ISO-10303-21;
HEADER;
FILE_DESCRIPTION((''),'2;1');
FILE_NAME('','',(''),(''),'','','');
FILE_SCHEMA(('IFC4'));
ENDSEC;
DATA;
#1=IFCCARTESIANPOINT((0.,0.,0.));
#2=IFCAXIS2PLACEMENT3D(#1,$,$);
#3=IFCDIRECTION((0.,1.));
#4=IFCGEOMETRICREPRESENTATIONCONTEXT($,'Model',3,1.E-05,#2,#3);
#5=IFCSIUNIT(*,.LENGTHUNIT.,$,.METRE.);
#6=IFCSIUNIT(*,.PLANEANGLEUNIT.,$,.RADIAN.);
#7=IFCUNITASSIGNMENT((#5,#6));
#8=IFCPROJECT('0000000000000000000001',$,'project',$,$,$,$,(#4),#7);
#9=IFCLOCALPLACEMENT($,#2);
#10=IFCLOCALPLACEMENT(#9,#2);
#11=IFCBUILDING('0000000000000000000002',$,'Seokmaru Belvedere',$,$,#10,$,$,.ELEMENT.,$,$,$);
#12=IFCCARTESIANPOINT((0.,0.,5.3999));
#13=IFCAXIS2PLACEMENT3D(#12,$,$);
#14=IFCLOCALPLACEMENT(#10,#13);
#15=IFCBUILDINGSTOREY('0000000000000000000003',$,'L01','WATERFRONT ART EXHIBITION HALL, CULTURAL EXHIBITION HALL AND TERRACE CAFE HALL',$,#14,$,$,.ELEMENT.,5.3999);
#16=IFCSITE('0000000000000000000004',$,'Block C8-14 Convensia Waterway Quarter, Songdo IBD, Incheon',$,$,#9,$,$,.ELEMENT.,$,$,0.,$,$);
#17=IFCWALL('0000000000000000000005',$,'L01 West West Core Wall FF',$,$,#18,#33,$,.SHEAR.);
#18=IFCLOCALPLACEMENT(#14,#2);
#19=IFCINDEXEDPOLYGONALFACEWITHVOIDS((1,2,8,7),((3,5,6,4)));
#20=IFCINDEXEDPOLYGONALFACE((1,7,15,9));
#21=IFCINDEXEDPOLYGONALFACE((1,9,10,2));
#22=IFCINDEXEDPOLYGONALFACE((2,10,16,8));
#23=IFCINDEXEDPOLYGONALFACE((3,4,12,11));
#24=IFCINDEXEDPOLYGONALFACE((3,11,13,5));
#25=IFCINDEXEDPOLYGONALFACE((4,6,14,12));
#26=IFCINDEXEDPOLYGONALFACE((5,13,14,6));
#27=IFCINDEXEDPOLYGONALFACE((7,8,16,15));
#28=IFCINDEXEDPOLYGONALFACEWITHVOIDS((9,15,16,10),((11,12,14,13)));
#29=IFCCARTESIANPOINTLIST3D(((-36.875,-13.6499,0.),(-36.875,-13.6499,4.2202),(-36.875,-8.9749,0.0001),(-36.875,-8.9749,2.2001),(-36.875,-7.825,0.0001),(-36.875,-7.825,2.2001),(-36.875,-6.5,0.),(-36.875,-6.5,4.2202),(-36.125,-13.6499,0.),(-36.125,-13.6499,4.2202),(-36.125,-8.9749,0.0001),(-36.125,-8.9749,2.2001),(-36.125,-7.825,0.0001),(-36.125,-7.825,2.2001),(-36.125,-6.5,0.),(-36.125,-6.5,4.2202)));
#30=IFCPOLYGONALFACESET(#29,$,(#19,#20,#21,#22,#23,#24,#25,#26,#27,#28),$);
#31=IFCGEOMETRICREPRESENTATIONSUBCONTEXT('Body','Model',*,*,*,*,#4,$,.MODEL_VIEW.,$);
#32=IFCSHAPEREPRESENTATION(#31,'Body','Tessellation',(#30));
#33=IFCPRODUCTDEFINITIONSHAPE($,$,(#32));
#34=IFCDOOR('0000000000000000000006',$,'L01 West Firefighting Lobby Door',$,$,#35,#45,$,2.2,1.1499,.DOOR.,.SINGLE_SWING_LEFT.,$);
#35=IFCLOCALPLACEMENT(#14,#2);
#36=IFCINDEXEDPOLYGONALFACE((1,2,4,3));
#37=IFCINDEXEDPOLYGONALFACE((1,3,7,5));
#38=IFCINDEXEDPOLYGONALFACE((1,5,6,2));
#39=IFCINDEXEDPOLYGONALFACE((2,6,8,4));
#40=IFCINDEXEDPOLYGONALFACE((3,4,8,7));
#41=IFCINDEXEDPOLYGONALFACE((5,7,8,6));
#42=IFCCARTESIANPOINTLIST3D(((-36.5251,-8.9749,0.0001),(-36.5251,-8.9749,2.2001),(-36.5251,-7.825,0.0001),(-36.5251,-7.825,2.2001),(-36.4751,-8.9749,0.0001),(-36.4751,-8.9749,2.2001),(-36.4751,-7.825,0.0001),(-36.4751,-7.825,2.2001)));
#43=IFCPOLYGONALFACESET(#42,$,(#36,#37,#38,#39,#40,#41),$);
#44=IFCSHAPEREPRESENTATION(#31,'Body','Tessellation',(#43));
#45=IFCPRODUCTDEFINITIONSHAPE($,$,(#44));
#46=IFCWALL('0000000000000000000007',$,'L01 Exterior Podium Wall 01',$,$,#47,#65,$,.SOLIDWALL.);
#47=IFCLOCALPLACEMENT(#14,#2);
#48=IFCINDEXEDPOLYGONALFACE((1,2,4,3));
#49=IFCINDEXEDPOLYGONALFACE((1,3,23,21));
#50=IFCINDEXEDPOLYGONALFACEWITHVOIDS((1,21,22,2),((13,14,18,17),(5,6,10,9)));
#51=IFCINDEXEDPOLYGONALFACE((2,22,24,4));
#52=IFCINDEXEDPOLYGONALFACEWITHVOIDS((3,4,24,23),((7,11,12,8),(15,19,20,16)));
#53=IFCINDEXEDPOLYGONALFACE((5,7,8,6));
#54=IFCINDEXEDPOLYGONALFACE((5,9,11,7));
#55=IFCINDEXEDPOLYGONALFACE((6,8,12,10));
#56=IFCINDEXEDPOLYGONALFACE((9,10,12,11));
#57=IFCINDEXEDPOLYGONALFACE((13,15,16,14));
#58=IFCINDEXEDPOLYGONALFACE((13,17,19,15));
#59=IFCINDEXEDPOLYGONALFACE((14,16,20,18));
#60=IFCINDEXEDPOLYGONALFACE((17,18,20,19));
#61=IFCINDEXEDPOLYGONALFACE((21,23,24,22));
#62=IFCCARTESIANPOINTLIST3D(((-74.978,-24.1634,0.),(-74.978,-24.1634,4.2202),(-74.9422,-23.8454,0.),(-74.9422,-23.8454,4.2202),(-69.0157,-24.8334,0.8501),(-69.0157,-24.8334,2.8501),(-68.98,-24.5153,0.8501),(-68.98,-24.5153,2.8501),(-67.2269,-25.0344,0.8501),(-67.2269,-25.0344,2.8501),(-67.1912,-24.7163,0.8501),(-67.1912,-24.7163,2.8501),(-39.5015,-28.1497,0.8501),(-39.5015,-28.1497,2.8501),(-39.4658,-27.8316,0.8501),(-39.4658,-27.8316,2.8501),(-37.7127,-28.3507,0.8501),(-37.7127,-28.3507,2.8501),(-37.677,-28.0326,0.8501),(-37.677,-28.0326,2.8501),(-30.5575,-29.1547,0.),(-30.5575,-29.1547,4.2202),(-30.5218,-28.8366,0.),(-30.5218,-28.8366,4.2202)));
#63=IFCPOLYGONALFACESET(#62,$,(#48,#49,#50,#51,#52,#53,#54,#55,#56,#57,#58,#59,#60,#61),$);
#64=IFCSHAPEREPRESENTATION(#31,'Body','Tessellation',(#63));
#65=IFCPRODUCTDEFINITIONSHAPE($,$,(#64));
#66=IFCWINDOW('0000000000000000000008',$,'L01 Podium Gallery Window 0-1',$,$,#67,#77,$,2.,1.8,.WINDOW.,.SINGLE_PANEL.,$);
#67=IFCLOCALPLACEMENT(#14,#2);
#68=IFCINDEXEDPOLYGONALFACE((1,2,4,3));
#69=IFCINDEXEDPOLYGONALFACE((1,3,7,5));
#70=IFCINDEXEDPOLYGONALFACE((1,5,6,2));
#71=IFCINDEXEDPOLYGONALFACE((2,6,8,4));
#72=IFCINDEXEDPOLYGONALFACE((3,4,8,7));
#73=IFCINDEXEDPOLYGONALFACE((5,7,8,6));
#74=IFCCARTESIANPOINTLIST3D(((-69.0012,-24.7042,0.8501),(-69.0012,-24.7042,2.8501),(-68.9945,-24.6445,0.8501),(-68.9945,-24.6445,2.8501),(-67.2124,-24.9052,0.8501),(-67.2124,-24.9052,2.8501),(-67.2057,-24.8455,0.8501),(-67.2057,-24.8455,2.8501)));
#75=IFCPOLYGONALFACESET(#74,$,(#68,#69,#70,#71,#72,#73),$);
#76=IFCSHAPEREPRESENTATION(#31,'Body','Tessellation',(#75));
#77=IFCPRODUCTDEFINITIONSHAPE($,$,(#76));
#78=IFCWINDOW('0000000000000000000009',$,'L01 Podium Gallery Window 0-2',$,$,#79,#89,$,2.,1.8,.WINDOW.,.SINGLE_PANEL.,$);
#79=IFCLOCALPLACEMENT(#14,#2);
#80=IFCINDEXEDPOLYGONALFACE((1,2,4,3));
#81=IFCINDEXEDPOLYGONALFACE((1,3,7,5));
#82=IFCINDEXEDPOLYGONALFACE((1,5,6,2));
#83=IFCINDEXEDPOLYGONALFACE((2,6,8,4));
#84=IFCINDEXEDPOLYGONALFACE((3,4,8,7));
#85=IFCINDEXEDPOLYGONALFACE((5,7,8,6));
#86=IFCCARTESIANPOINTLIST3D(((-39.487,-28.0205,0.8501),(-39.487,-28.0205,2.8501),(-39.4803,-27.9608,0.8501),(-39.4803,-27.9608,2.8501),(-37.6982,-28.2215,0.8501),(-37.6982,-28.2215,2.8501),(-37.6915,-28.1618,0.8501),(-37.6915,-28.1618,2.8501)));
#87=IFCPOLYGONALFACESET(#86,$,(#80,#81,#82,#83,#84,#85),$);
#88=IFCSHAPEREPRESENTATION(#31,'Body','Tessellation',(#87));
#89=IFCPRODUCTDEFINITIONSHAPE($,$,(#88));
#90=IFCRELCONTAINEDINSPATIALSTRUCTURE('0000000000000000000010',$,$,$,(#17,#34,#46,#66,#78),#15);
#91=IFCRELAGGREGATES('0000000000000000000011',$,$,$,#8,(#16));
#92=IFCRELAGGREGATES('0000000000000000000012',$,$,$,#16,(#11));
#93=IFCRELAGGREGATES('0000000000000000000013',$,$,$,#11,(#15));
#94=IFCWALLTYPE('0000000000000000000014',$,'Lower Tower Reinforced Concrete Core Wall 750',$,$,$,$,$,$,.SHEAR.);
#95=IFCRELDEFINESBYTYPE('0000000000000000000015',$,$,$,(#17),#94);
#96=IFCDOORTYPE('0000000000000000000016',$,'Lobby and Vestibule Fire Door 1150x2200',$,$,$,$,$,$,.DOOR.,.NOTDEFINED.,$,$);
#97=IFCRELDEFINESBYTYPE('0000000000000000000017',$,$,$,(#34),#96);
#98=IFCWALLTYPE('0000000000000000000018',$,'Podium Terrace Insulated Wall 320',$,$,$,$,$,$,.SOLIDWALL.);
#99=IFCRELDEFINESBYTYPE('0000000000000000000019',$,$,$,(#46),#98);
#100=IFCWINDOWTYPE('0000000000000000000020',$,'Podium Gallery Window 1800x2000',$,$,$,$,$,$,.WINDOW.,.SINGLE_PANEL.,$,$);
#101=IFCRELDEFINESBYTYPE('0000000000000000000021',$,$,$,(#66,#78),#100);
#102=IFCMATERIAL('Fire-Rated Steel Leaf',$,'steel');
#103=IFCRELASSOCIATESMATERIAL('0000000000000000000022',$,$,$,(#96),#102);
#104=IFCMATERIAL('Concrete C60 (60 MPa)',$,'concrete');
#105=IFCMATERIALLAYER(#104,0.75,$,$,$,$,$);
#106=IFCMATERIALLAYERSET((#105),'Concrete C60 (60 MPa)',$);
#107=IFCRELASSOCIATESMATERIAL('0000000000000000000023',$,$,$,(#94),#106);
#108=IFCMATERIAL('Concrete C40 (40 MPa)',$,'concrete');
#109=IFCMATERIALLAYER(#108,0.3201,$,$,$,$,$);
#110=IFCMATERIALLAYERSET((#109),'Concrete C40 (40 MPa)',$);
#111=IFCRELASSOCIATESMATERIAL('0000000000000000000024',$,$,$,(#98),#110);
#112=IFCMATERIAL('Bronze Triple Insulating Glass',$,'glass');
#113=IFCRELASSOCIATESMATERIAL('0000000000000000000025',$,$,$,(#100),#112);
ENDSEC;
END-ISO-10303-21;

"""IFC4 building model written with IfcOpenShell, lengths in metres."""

from ifc_helpers import new_model, si_unit, direction, frame, frame_2d, origin, place, context, subcontext, project, spatial, rectangle, extrude, source, transform, mapped, material, layer, layer_set, type_object, type_shapes, element, fill, save


model = new_model("IFC4")

# Units and contexts
model_context = context("Model", 3, precision=1e-05, world=origin(), true_north=direction((0.0, 1.0)))
body_context = subcontext(model_context, "Body", "Model", "MODEL_VIEW")
ifc_project = project(units=[si_unit("LENGTHUNIT", "METRE"), si_unit("PLANEANGLEUNIT", "RADIAN")], contexts=[model_context])

# Site, building, storey
site_placement = place(None, origin())
site = spatial("IfcSite", under=ifc_project, at=site_placement, Name="Block C8-14 Convensia Waterway Quarter, Songdo IBD, Incheon", CompositionType="ELEMENT", RefElevation=0.0)
building_placement = place(site_placement, origin())
building = spatial("IfcBuilding", under=site, at=building_placement, Name="Seokmaru Belvedere", CompositionType="ELEMENT")
storey_placement = place(building_placement, frame((0.0, 0.0, 5.3999)))
storey = spatial("IfcBuildingStorey", under=building, at=storey_placement, Name="L01", Description="WATERFRONT ART EXHIBITION HALL, CULTURAL EXHIBITION HALL AND TERRACE CAFE HALL", CompositionType="ELEMENT", Elevation=5.3999)

# Wall, opening, door
ifc_material_1 = material(Name="Fire-Rated Steel Leaf", Category="steel")
door_type = type_object("IfcDoorType", Name="Lobby and Vestibule Fire Door 1150x2200", OperationType="NOTDEFINED", PredefinedType="DOOR", material=ifc_material_1)
shared_shape_1 = source(origin(), body_context, "Body", "SweptSolid", [
    extrude(rectangle(XDim=1.1499, YDim=2.2, at=frame_2d((0.575, 1.1001))), frame((0.0, 0.0249, 0.0), z_axis=(0.0, -1.0, 0.0), x_axis=(1.0, 0.0, 0.0)), (0.0, 0.0, 1.0), 0.05),
])
type_shapes(door_type, [shared_shape_1])
ifc_material_2 = material(Name="Concrete C60 (60 MPa)", Category="concrete")
ifc_layer_1 = layer(ifc_material_2, 0.75)
ifc_layer_set_1 = layer_set([ifc_layer_1], Name="Concrete C60 (60 MPa)")
wall_type_1 = type_object("IfcWallType", Name="Lower Tower Reinforced Concrete Core Wall 750", PredefinedType="SHEAR", material=ifc_layer_set_1)
wall_1_placement = place(storey_placement, frame((-36.5, -13.6499, 0.0), z_axis=(0.0, 0.0, 1.0), x_axis=(0.0, 1.0, 0.0)))
wall_1 = element("IfcWall", 1, at=wall_1_placement, inside=storey, type_object=wall_type_1, Name="L01 West West Core Wall FF", PredefinedType="SHEAR", context=body_context, shape_type="SweptSolid", body=[
    extrude(rectangle(XDim=7.1499, YDim=0.75, at=frame_2d((3.575, 0.0))), origin(), (0.0, 0.0, 1.0), 4.2202),
])
opening_1_placement = place(wall_1_placement, frame((4.675, 0.0, 0.0)))
opening_1 = element("IfcOpeningElement", 2, at=opening_1_placement, cuts=wall_1, PredefinedType="OPENING", context=body_context, shape_type="SweptSolid", body=[
    extrude(rectangle(XDim=1.1499, YDim=2.2, at=frame_2d((0.575, 1.1001))), frame((0.0, 0.385, 0.0), z_axis=(0.0, -1.0, 0.0), x_axis=(1.0, 0.0, 0.0)), (0.0, 0.0, 1.0), 0.77),
])
door_1_placement = place(opening_1_placement, frame((1.1499, 0.0, 0.0), z_axis=(0.0, 0.0, 1.0), x_axis=(-1.0, 0.0, 0.0)))
door_1 = element("IfcDoor", 3, at=door_1_placement, inside=storey, type_object=door_type, Name="L01 West Firefighting Lobby Door", OperationType="SINGLE_SWING_LEFT", OverallHeight=2.2, OverallWidth=1.1499, PredefinedType="DOOR", context=body_context, shape_type="MappedRepresentation", body=[
    mapped(shared_shape_1, transform((0.0, 0.0, 0.0), scale=1.0)),
])
fill(opening_1, door_1)

# Wall, openings, windows
ifc_material_3 = material(Name="Concrete C40 (40 MPa)", Category="concrete")
ifc_layer_2 = layer(ifc_material_3, 0.3201)
ifc_layer_set_2 = layer_set([ifc_layer_2], Name="Concrete C40 (40 MPa)")
wall_type_2 = type_object("IfcWallType", Name="Podium Terrace Insulated Wall 320", PredefinedType="SOLIDWALL", material=ifc_layer_set_2)
wall_2_placement = place(storey_placement, frame((-74.9602, -24.0044, 0.0), z_axis=(0.0, 0.0, 1.0), x_axis=(0.993746, -0.11166, 0.0)))
wall_2 = element("IfcWall", 4, at=wall_2_placement, inside=storey, type_object=wall_type_2, Name="L01 Exterior Podium Wall 01", PredefinedType="SOLIDWALL", context=body_context, shape_type="SweptSolid", body=[
    extrude(rectangle(XDim=44.7, YDim=0.3201, at=frame_2d((22.3501, 0.0))), origin(), (0.0, 0.0, 1.0), 4.2202),
])
opening_2_placement = place(wall_2_placement, frame((6.0, 0.0, 0.8501)))
opening_2 = element("IfcOpeningElement", 5, at=opening_2_placement, cuts=wall_2, PredefinedType="OPENING", context=body_context, shape_type="SweptSolid", body=[
    extrude(rectangle(XDim=1.8, YDim=2.0, at=frame_2d((0.8999, 1.0))), frame((0.0, 0.1699, 0.0), z_axis=(0.0, -1.0, 0.0), x_axis=(1.0, 0.0, 0.0)), (0.0, 0.0, 1.0), 0.3401),
])
opening_3_placement = place(wall_2_placement, frame((35.7, 0.0, 0.8501)))
opening_3 = element("IfcOpeningElement", 6, at=opening_3_placement, cuts=wall_2, PredefinedType="OPENING", context=body_context, shape_type="SweptSolid", body=[
    extrude(rectangle(XDim=1.8, YDim=2.0, at=frame_2d((0.8999, 1.0))), frame((0.0, 0.1699, 0.0), z_axis=(0.0, -1.0, 0.0), x_axis=(1.0, 0.0, 0.0)), (0.0, 0.0, 1.0), 0.3401),
])
ifc_material_4 = material(Name="Bronze Triple Insulating Glass", Category="glass")
window_type = type_object("IfcWindowType", Name="Podium Gallery Window 1800x2000", PartitioningType="SINGLE_PANEL", PredefinedType="WINDOW", material=ifc_material_4)
shared_shape_2 = source(origin(), body_context, "Body", "SweptSolid", [
    extrude(rectangle(XDim=1.8, YDim=2.0, at=frame_2d((0.8999, 1.0))), frame((0.0, 0.03, 0.0), z_axis=(0.0, -1.0, 0.0), x_axis=(1.0, 0.0, 0.0)), (0.0, 0.0, 1.0), 0.0601),
])
type_shapes(window_type, [shared_shape_2])
window_1_placement = place(opening_2_placement, origin())
window_1 = element("IfcWindow", 7, at=window_1_placement, inside=storey, type_object=window_type, Name="L01 Podium Gallery Window 0-1", OverallHeight=2.0, OverallWidth=1.8, PartitioningType="SINGLE_PANEL", PredefinedType="WINDOW", context=body_context, shape_type="MappedRepresentation", body=[
    mapped(shared_shape_2, transform((0.0, 0.0, 0.0), scale=1.0)),
])
fill(opening_2, window_1)
window_2_placement = place(opening_3_placement, origin())
window_2 = element("IfcWindow", 8, at=window_2_placement, inside=storey, type_object=window_type, Name="L01 Podium Gallery Window 0-2", OverallHeight=2.0, OverallWidth=1.8, PartitioningType="SINGLE_PANEL", PredefinedType="WINDOW", context=body_context, shape_type="MappedRepresentation", body=[
    mapped(shared_shape_2, transform((0.0, 0.0, 0.0), scale=1.0)),
])
fill(opening_3, window_2)

save(model, "model.ifc")
